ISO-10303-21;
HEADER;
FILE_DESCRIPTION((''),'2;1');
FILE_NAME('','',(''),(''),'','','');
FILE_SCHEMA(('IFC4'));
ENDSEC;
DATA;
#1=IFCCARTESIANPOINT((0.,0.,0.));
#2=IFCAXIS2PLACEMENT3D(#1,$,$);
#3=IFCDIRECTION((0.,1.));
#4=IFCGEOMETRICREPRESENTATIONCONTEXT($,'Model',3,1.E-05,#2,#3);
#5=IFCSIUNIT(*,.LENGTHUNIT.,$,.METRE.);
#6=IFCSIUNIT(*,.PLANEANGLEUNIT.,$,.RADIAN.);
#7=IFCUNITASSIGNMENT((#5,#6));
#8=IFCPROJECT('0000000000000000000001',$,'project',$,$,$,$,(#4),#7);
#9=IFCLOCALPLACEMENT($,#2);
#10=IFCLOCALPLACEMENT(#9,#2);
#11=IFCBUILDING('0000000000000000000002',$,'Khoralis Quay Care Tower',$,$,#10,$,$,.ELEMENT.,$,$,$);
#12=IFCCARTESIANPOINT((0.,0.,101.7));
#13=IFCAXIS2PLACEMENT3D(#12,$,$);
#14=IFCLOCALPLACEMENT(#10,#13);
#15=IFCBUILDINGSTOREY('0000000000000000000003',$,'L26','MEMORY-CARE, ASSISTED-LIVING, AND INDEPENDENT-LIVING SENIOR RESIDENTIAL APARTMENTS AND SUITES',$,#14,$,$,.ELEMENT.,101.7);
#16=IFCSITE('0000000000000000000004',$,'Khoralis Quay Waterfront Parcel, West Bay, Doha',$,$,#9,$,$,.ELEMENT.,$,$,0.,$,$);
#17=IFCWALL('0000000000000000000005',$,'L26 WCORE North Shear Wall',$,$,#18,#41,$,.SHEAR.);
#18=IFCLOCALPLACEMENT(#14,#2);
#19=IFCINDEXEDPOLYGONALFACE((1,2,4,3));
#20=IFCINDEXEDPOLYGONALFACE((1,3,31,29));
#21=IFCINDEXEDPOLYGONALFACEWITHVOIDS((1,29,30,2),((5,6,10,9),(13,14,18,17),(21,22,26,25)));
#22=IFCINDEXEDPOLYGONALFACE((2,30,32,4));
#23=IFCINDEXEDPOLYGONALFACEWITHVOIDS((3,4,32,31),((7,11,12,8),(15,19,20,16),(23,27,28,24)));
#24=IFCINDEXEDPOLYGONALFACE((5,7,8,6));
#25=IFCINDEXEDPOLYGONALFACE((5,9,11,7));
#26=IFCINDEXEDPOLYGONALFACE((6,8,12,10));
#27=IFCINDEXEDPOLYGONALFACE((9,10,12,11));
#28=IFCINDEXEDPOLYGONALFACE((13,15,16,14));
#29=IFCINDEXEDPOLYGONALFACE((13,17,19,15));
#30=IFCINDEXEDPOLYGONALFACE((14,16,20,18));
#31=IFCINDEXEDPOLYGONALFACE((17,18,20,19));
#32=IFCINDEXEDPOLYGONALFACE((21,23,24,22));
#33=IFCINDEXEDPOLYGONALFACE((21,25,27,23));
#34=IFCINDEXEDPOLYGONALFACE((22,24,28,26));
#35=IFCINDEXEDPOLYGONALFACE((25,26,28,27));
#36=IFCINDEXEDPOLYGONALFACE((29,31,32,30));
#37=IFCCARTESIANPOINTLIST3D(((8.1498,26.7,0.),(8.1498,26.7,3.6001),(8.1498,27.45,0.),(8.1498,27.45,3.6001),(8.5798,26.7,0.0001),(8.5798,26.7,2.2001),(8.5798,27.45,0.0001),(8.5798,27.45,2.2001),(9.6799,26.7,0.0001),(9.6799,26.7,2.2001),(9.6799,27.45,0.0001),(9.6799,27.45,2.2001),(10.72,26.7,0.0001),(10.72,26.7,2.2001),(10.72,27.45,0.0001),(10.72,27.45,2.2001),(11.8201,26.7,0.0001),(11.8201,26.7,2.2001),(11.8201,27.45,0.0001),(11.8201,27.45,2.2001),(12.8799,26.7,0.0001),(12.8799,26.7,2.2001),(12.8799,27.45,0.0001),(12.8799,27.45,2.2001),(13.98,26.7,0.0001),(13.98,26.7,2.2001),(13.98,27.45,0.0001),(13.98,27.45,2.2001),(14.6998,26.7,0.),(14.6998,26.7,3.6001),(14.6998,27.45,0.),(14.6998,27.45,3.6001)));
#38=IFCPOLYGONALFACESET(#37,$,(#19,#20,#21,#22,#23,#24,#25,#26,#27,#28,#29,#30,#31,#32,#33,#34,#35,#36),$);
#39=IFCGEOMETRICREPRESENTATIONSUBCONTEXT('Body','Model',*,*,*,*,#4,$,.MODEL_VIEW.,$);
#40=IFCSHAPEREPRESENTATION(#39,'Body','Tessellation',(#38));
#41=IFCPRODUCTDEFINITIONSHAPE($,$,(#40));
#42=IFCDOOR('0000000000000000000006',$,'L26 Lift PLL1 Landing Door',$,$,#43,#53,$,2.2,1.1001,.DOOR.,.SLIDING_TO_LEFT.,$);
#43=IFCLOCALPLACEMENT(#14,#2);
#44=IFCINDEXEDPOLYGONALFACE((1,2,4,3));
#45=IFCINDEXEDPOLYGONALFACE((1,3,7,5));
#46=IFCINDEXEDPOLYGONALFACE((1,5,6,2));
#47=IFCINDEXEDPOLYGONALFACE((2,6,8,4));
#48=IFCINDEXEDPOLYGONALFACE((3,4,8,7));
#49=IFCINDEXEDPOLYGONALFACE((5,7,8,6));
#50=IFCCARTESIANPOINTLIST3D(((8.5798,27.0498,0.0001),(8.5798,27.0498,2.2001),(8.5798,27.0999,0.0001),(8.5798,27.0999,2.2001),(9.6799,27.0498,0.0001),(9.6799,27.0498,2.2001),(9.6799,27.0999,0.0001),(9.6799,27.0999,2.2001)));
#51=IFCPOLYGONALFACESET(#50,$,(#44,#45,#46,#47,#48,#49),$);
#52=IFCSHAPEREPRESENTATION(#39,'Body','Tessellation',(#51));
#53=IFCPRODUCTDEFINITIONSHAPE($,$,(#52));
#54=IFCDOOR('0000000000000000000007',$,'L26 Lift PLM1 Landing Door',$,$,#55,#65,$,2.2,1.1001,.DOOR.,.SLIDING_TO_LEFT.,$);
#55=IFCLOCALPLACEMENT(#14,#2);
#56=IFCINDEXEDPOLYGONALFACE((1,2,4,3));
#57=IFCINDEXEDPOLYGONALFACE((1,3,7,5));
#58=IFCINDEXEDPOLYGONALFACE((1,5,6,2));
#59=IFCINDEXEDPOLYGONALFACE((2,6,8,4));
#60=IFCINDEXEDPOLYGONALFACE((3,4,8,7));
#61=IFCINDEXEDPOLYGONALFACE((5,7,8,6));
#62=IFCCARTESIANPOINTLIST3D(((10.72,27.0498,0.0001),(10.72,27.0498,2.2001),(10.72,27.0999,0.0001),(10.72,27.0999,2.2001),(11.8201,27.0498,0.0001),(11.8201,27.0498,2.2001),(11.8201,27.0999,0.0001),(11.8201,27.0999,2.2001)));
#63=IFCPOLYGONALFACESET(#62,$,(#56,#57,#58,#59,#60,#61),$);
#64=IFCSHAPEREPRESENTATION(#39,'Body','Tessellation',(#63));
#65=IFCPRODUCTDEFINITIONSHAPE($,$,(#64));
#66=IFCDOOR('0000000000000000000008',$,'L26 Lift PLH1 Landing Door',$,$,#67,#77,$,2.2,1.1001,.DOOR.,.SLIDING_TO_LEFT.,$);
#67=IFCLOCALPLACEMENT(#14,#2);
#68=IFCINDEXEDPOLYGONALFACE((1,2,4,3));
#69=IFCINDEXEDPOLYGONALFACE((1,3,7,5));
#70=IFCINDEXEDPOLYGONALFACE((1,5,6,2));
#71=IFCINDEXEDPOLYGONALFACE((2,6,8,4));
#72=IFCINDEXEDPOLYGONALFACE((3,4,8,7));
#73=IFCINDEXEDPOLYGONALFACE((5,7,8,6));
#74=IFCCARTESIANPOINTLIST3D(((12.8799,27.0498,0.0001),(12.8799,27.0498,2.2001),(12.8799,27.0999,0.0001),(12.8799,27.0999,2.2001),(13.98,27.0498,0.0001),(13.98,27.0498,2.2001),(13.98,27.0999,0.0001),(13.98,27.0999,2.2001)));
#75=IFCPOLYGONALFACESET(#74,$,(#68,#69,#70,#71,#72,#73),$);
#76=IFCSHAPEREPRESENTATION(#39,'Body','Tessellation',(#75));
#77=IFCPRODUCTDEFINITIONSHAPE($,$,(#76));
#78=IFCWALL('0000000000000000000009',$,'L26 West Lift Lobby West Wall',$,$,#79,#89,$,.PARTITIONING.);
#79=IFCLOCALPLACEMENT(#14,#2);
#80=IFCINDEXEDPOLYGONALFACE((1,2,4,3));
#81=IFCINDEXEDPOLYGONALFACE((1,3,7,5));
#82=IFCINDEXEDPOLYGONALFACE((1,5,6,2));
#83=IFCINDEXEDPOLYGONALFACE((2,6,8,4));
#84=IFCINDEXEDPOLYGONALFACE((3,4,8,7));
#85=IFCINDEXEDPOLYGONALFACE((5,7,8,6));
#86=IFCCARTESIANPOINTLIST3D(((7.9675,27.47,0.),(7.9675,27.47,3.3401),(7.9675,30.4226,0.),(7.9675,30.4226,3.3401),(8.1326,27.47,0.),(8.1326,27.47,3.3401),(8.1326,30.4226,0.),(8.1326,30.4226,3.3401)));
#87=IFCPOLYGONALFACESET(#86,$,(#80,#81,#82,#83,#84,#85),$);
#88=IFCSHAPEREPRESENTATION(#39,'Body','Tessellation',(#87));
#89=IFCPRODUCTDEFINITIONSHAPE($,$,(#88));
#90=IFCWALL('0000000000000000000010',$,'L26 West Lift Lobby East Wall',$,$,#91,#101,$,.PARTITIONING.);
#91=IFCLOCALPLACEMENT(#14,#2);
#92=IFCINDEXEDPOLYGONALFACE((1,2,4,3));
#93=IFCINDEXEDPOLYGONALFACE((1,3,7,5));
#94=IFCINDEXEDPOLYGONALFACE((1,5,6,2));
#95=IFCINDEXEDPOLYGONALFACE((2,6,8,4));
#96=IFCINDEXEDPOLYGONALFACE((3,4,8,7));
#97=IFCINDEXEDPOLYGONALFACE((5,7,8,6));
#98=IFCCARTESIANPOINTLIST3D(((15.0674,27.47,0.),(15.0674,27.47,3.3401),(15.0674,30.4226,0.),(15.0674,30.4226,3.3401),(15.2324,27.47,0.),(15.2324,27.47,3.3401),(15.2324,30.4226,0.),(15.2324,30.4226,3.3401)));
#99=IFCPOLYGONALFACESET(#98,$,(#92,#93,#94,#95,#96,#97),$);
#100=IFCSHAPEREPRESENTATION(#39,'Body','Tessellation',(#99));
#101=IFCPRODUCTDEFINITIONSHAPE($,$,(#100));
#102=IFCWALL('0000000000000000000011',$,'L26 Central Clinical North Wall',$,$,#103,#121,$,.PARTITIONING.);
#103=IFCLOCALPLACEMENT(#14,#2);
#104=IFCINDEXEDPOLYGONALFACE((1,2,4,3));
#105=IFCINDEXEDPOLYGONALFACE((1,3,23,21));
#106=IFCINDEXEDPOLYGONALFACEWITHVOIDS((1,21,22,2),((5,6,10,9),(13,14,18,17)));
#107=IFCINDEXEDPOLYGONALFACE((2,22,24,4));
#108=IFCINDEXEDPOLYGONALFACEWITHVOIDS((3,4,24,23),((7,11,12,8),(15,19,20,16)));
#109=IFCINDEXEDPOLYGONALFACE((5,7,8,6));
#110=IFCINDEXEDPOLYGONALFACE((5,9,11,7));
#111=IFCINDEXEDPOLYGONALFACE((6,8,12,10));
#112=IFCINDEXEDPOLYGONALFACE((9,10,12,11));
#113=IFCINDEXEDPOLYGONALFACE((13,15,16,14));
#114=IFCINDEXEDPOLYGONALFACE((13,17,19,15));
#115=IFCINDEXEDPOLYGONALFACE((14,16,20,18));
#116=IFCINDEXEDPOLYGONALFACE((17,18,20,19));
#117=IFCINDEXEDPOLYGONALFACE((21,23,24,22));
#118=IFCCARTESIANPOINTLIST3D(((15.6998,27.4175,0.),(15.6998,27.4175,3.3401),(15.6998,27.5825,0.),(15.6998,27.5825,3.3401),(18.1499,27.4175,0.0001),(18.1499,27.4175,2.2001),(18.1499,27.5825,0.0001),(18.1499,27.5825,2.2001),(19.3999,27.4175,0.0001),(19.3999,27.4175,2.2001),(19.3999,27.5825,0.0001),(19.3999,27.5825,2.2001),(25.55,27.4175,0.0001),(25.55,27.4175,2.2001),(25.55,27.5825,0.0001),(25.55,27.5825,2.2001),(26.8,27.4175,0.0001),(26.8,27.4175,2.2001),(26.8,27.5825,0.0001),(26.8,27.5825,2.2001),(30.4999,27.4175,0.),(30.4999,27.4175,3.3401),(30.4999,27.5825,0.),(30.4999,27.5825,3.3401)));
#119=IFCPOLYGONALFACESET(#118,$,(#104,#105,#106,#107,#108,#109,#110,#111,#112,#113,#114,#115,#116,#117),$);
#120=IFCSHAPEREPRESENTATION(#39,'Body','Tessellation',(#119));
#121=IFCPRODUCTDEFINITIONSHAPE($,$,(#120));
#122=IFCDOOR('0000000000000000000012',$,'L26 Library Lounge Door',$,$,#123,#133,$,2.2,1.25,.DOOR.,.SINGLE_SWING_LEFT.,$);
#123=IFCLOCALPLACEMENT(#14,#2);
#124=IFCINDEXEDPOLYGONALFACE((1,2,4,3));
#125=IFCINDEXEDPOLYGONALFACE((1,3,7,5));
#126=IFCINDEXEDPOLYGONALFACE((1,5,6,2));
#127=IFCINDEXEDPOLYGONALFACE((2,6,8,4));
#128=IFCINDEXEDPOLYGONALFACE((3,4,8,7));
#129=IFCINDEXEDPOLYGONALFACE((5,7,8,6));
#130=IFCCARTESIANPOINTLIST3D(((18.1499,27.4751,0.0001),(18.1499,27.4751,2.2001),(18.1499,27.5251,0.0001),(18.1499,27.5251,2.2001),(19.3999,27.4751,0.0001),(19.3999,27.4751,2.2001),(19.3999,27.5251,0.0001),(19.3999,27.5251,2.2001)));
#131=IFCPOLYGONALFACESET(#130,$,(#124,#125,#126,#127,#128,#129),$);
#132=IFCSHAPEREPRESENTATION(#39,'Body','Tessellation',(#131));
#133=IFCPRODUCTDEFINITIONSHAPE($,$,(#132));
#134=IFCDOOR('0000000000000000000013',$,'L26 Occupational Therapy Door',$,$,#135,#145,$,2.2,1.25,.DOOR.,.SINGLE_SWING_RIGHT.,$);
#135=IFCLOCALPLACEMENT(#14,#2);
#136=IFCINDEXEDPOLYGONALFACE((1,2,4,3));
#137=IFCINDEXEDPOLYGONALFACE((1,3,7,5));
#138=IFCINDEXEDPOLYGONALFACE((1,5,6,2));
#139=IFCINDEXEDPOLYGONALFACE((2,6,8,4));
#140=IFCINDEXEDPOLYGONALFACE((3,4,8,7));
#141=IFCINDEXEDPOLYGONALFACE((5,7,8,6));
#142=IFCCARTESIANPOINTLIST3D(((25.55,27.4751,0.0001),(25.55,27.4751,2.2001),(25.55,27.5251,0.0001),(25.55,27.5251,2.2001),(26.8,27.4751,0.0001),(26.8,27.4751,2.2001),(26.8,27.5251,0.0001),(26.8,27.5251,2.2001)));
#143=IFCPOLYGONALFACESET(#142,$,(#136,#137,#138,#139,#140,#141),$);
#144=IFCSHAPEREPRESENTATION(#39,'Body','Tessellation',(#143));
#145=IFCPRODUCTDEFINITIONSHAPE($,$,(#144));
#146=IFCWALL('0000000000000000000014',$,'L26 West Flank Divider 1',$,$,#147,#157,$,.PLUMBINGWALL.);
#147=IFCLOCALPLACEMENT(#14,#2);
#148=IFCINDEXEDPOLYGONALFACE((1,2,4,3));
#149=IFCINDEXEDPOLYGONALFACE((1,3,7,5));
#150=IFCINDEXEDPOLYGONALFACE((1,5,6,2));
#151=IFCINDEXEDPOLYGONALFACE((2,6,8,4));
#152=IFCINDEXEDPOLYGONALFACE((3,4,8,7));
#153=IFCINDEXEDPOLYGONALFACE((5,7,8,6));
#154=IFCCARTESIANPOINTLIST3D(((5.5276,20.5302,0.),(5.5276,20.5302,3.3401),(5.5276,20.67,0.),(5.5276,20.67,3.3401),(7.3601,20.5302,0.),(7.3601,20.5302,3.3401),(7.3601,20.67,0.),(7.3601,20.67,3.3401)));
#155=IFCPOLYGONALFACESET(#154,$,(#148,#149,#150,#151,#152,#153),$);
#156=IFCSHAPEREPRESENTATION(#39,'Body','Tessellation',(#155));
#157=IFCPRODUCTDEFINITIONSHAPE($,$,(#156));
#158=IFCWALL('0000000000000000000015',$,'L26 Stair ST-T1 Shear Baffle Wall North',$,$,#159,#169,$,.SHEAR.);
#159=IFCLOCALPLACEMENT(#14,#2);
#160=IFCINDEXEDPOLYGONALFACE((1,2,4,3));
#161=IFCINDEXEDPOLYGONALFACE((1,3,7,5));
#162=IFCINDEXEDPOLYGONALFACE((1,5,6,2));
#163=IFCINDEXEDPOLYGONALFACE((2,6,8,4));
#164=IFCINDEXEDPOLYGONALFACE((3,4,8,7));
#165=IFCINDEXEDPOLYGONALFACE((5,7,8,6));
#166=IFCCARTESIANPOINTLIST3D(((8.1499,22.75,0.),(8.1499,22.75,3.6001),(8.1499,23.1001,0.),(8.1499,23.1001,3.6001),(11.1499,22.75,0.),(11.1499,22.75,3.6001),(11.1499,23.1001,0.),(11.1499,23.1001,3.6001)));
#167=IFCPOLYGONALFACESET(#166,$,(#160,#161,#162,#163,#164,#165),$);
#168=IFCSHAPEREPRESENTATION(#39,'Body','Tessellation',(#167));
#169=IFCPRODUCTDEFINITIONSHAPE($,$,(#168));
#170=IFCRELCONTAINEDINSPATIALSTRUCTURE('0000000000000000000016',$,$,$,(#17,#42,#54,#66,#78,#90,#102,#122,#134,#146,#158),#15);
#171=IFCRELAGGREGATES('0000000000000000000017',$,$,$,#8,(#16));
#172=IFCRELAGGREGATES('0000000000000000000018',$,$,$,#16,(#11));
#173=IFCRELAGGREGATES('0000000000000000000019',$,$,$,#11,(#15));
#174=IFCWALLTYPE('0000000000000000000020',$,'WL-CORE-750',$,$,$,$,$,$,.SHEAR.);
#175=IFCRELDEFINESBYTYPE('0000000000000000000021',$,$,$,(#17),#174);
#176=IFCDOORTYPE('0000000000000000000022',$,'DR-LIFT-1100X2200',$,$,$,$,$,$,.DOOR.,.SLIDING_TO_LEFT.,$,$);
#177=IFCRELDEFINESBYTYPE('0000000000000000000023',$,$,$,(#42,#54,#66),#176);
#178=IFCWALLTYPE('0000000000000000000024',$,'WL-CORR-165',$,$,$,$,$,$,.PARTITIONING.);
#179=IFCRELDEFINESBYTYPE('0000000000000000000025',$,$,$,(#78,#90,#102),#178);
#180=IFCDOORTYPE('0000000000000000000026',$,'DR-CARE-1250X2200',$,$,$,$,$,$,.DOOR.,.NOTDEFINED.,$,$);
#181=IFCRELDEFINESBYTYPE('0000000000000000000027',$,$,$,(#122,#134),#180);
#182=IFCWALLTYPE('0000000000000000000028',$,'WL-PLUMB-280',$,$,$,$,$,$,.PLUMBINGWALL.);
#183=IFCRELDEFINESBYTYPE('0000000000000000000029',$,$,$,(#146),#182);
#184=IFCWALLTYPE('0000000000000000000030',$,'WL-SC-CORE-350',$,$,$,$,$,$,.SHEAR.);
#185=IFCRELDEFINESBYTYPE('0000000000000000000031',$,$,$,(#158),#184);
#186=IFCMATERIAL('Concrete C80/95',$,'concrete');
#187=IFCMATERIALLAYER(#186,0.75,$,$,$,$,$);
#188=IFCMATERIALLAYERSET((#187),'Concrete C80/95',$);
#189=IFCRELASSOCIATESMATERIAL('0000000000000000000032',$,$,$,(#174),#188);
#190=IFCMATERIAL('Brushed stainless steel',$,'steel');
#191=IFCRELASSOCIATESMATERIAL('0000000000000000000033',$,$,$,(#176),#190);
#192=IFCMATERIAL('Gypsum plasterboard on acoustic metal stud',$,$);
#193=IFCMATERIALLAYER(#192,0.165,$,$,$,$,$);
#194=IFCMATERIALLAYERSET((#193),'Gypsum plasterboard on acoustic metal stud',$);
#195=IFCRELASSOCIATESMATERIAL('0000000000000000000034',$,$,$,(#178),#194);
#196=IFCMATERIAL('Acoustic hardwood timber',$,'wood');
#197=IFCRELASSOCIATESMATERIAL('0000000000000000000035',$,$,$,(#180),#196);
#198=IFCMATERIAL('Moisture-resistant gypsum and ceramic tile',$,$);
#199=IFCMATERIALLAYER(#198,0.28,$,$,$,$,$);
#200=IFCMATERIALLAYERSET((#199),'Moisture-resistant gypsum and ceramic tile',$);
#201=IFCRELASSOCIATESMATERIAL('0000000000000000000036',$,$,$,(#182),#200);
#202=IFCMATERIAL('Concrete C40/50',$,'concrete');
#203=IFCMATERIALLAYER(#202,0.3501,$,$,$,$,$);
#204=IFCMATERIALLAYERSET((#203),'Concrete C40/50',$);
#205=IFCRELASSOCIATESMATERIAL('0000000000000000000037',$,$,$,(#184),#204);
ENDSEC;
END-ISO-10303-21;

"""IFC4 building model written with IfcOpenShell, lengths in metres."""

from ifc_helpers import new_model, si_unit, direction, frame, frame_2d, origin, place, context, subcontext, project, spatial, rectangle, extrude, source, transform, mapped, material, layer, layer_set, type_object, element, fill, save


model = new_model("IFC4")

# Units and contexts
model_context = context("Model", 3, precision=1e-05, world=origin(), true_north=direction((0.0, 1.0)))
body_context = subcontext(model_context, "Body", "Model", "MODEL_VIEW")
ifc_project = project(units=[si_unit("LENGTHUNIT", "METRE"), si_unit("PLANEANGLEUNIT", "RADIAN")], contexts=[model_context])

# Site, building, storey
site_placement = place(None, origin())
site = spatial("IfcSite", under=ifc_project, at=site_placement, Name="Khoralis Quay Waterfront Parcel, West Bay, Doha", CompositionType="ELEMENT", RefElevation=0.0)
building_placement = place(site_placement, origin())
building = spatial("IfcBuilding", under=site, at=building_placement, Name="Khoralis Quay Care Tower", CompositionType="ELEMENT")
storey_placement = place(building_placement, frame((0.0, 0.0, 101.7)))
storey = spatial("IfcBuildingStorey", under=building, at=storey_placement, Name="L26", Description="MEMORY-CARE, ASSISTED-LIVING, AND INDEPENDENT-LIVING SENIOR RESIDENTIAL APARTMENTS AND SUITES", CompositionType="ELEMENT", Elevation=101.7)

# Wall, openings, doors
ifc_material_1 = material(Name="Concrete C80/95", Category="concrete")
ifc_layer_1 = layer(ifc_material_1, 0.75)
ifc_layer_set_1 = layer_set([ifc_layer_1], Name="Concrete C80/95")
wall_type_1 = type_object("IfcWallType", Name="WL-CORE-750", PredefinedType="SHEAR", material=ifc_layer_set_1)
wall_1_placement = place(storey_placement, frame((8.1499, 27.075, 0.0), z_axis=(0.0, 0.0, 1.0), x_axis=(1.0, 0.0, 0.0)))
wall_1 = element("IfcWall", 1, at=wall_1_placement, inside=storey, type_object=wall_type_1, Name="L26 WCORE North Shear Wall", PredefinedType="SHEAR", context=body_context, shape_type="SweptSolid", body=[
    extrude(rectangle(XDim=6.55, YDim=0.75, at=frame_2d((3.2749, 0.0))), origin(), (0.0, 0.0, 1.0), 3.6001),
])
opening_1_placement = place(wall_1_placement, frame((0.4299, 0.0, 0.0)))
opening_1 = element("IfcOpeningElement", 2, at=opening_1_placement, cuts=wall_1, PredefinedType="OPENING", context=body_context, shape_type="SweptSolid", body=[
    extrude(rectangle(XDim=1.1001, YDim=2.2, at=frame_2d((0.55, 1.1001))), frame((0.0, 0.385, 0.0), z_axis=(0.0, -1.0, 0.0), x_axis=(1.0, 0.0, 0.0)), (0.0, 0.0, 1.0), 0.77),
])
opening_2_placement = place(wall_1_placement, frame((2.5701, 0.0, 0.0)))
opening_2 = element("IfcOpeningElement", 3, at=opening_2_placement, cuts=wall_1, PredefinedType="OPENING", context=body_context, shape_type="SweptSolid", body=[
    extrude(rectangle(XDim=1.1001, YDim=2.2, at=frame_2d((0.55, 1.1001))), frame((0.0, 0.385, 0.0), z_axis=(0.0, -1.0, 0.0), x_axis=(1.0, 0.0, 0.0)), (0.0, 0.0, 1.0), 0.77),
])
opening_3_placement = place(wall_1_placement, frame((4.73, 0.0, 0.0)))
opening_3 = element("IfcOpeningElement", 4, at=opening_3_placement, cuts=wall_1, PredefinedType="OPENING", context=body_context, shape_type="SweptSolid", body=[
    extrude(rectangle(XDim=1.1001, YDim=2.2, at=frame_2d((0.55, 1.1001))), frame((0.0, 0.385, 0.0), z_axis=(0.0, -1.0, 0.0), x_axis=(1.0, 0.0, 0.0)), (0.0, 0.0, 1.0), 0.77),
])
ifc_material_2 = material(Name="Brushed stainless steel", Category="steel")
door_type_1 = type_object("IfcDoorType", Name="DR-LIFT-1100X2200", OperationType="SLIDING_TO_LEFT", PredefinedType="DOOR", material=ifc_material_2)
shared_shape_1 = source(origin(), body_context, "Body", "SweptSolid", [
    extrude(rectangle(XDim=1.1001, YDim=2.2, at=frame_2d((0.55, 1.1001))), frame((0.0, 0.0249, 0.0), z_axis=(0.0, -1.0, 0.0), x_axis=(1.0, 0.0, 0.0)), (0.0, 0.0, 1.0), 0.05),
])
door_1_placement = place(opening_1_placement, origin())
door_1 = element("IfcDoor", 5, at=door_1_placement, inside=storey, type_object=door_type_1, Name="L26 Lift PLL1 Landing Door", OperationType="SLIDING_TO_LEFT", OverallHeight=2.2, OverallWidth=1.1001, PredefinedType="DOOR", context=body_context, shape_type="MappedRepresentation", body=[
    mapped(shared_shape_1, transform((0.0, 0.0, 0.0), scale=1.0)),
])
fill(opening_1, door_1)
door_2_placement = place(opening_2_placement, origin())
door_2 = element("IfcDoor", 6, at=door_2_placement, inside=storey, type_object=door_type_1, Name="L26 Lift PLM1 Landing Door", OperationType="SLIDING_TO_LEFT", OverallHeight=2.2, OverallWidth=1.1001, PredefinedType="DOOR", context=body_context, shape_type="MappedRepresentation", body=[
    mapped(shared_shape_1, transform((0.0, 0.0, 0.0), scale=1.0)),
])
fill(opening_2, door_2)
door_3_placement = place(opening_3_placement, origin())
door_3 = element("IfcDoor", 7, at=door_3_placement, inside=storey, type_object=door_type_1, Name="L26 Lift PLH1 Landing Door", OperationType="SLIDING_TO_LEFT", OverallHeight=2.2, OverallWidth=1.1001, PredefinedType="DOOR", context=body_context, shape_type="MappedRepresentation", body=[
    mapped(shared_shape_1, transform((0.0, 0.0, 0.0), scale=1.0)),
])
fill(opening_3, door_3)

# Walls
ifc_material_3 = material(Name="Gypsum plasterboard on acoustic metal stud")
ifc_layer_2 = layer(ifc_material_3, 0.165)
ifc_layer_set_2 = layer_set([ifc_layer_2], Name="Gypsum plasterboard on acoustic metal stud")
wall_type_2 = type_object("IfcWallType", Name="WL-CORR-165", PredefinedType="PARTITIONING", material=ifc_layer_set_2)
for number, where, z_axis, x_axis, name in (
    (8, (8.05, 27.47, 0.0), (0.0, 0.0, 1.0), (0.0, 1.0, 0.0), "L26 West Lift Lobby West Wall"),
    (9, (15.1499, 27.47, 0.0), (0.0, 0.0, 1.0), (0.0, 1.0, 0.0), "L26 West Lift Lobby East Wall"),
):
    element("IfcWall", number, at=place(storey_placement, frame(where, z_axis=z_axis, x_axis=x_axis)), inside=storey, type_object=wall_type_2, Name=name, PredefinedType="PARTITIONING", context=body_context, shape_type="SweptSolid", body=[
        extrude(rectangle(XDim=2.9526, YDim=0.165, at=frame_2d((1.4763, 0.0))), origin(), (0.0, 0.0, 1.0), 3.3401),
    ])

# Wall, openings, doors
wall_2_placement = place(storey_placement, frame((15.7, 27.5, 0.0), z_axis=(0.0, 0.0, 1.0), x_axis=(1.0, 0.0, 0.0)))
wall_2 = element("IfcWall", 10, at=wall_2_placement, inside=storey, type_object=wall_type_2, Name="L26 Central Clinical North Wall", PredefinedType="PARTITIONING", context=body_context, shape_type="SweptSolid", body=[
    extrude(rectangle(XDim=14.8, YDim=0.165, at=frame_2d((7.3999, 0.0))), origin(), (0.0, 0.0, 1.0), 3.3401),
])
opening_4_placement = place(wall_2_placement, frame((2.45, 0.0, 0.0)))
opening_4 = element("IfcOpeningElement", 11, at=opening_4_placement, cuts=wall_2, PredefinedType="OPENING", context=body_context, shape_type="SweptSolid", body=[
    extrude(rectangle(XDim=1.25, YDim=2.2, at=frame_2d((0.625, 1.1001))), frame((0.0, 0.0925, 0.0), z_axis=(0.0, -1.0, 0.0), x_axis=(1.0, 0.0, 0.0)), (0.0, 0.0, 1.0), 0.1851),
])
opening_5_placement = place(wall_2_placement, frame((9.8501, 0.0, 0.0)))
opening_5 = element("IfcOpeningElement", 12, at=opening_5_placement, cuts=wall_2, PredefinedType="OPENING", context=body_context, shape_type="SweptSolid", body=[
    extrude(rectangle(XDim=1.25, YDim=2.2, at=frame_2d((0.625, 1.1001))), frame((0.0, 0.0925, 0.0), z_axis=(0.0, -1.0, 0.0), x_axis=(1.0, 0.0, 0.0)), (0.0, 0.0, 1.0), 0.1851),
])
ifc_material_4 = material(Name="Acoustic hardwood timber", Category="wood")
door_type_2 = type_object("IfcDoorType", Name="DR-CARE-1250X2200", OperationType="NOTDEFINED", PredefinedType="DOOR", material=ifc_material_4)
shared_shape_2 = source(origin(), body_context, "Body", "SweptSolid", [
    extrude(rectangle(XDim=1.25, YDim=2.2, at=frame_2d((0.625, 1.1001))), frame((0.0, 0.0249, 0.0), z_axis=(0.0, -1.0, 0.0), x_axis=(1.0, 0.0, 0.0)), (0.0, 0.0, 1.0), 0.05),
])
door_4_placement = place(opening_4_placement, frame((1.25, 0.0, 0.0), z_axis=(0.0, 0.0, 1.0), x_axis=(-1.0, 0.0, 0.0)))
door_4 = element("IfcDoor", 13, at=door_4_placement, inside=storey, type_object=door_type_2, Name="L26 Library Lounge Door", OperationType="SINGLE_SWING_LEFT", OverallHeight=2.2, OverallWidth=1.25, PredefinedType="DOOR", context=body_context, shape_type="MappedRepresentation", body=[
    mapped(shared_shape_2, transform((0.0, 0.0, 0.0), scale=1.0)),
])
fill(opening_4, door_4)
door_5_placement = place(opening_5_placement, frame((1.25, 0.0, 0.0), z_axis=(0.0, 0.0, 1.0), x_axis=(-1.0, 0.0, 0.0)))
door_5 = element("IfcDoor", 14, at=door_5_placement, inside=storey, type_object=door_type_2, Name="L26 Occupational Therapy Door", OperationType="SINGLE_SWING_RIGHT", OverallHeight=2.2, OverallWidth=1.25, PredefinedType="DOOR", context=body_context, shape_type="MappedRepresentation", body=[
    mapped(shared_shape_2, transform((0.0, 0.0, 0.0), scale=1.0)),
])
fill(opening_5, door_5)

# Walls
ifc_material_5 = material(Name="Moisture-resistant gypsum and ceramic tile")
ifc_layer_3 = layer(ifc_material_5, 0.28)
ifc_layer_set_3 = layer_set([ifc_layer_3], Name="Moisture-resistant gypsum and ceramic tile")
wall_type_3 = type_object("IfcWallType", Name="WL-PLUMB-280", PredefinedType="PLUMBINGWALL", material=ifc_layer_set_3)
wall_3_placement = place(storey_placement, frame((5.5276, 20.6001, 0.0), z_axis=(0.0, 0.0, 1.0), x_axis=(1.0, 0.0, 0.0)))
element("IfcWall", 15, at=wall_3_placement, inside=storey, type_object=wall_type_3, Name="L26 West Flank Divider 1", PredefinedType="PLUMBINGWALL", context=body_context, shape_type="SweptSolid", body=[
    extrude(rectangle(XDim=1.8325, YDim=0.1399, at=frame_2d((0.9163, 0.0))), origin(), (0.0, 0.0, 1.0), 3.3401),
])
ifc_material_6 = material(Name="Concrete C40/50", Category="concrete")
ifc_layer_4 = layer(ifc_material_6, 0.3501)
ifc_layer_set_4 = layer_set([ifc_layer_4], Name="Concrete C40/50")
wall_type_4 = type_object("IfcWallType", Name="WL-SC-CORE-350", PredefinedType="SHEAR", material=ifc_layer_set_4)
wall_4_placement = place(storey_placement, frame((8.1499, 22.925, 0.0), z_axis=(0.0, 0.0, 1.0), x_axis=(1.0, 0.0, 0.0)))
element("IfcWall", 16, at=wall_4_placement, inside=storey, type_object=wall_type_4, Name="L26 Stair ST-T1 Shear Baffle Wall North", PredefinedType="SHEAR", context=body_context, shape_type="SweptSolid", body=[
    extrude(rectangle(XDim=3.0, YDim=0.3501, at=frame_2d((1.5, 0.0))), origin(), (0.0, 0.0, 1.0), 3.6001),
])

save(model, "model.ifc")
